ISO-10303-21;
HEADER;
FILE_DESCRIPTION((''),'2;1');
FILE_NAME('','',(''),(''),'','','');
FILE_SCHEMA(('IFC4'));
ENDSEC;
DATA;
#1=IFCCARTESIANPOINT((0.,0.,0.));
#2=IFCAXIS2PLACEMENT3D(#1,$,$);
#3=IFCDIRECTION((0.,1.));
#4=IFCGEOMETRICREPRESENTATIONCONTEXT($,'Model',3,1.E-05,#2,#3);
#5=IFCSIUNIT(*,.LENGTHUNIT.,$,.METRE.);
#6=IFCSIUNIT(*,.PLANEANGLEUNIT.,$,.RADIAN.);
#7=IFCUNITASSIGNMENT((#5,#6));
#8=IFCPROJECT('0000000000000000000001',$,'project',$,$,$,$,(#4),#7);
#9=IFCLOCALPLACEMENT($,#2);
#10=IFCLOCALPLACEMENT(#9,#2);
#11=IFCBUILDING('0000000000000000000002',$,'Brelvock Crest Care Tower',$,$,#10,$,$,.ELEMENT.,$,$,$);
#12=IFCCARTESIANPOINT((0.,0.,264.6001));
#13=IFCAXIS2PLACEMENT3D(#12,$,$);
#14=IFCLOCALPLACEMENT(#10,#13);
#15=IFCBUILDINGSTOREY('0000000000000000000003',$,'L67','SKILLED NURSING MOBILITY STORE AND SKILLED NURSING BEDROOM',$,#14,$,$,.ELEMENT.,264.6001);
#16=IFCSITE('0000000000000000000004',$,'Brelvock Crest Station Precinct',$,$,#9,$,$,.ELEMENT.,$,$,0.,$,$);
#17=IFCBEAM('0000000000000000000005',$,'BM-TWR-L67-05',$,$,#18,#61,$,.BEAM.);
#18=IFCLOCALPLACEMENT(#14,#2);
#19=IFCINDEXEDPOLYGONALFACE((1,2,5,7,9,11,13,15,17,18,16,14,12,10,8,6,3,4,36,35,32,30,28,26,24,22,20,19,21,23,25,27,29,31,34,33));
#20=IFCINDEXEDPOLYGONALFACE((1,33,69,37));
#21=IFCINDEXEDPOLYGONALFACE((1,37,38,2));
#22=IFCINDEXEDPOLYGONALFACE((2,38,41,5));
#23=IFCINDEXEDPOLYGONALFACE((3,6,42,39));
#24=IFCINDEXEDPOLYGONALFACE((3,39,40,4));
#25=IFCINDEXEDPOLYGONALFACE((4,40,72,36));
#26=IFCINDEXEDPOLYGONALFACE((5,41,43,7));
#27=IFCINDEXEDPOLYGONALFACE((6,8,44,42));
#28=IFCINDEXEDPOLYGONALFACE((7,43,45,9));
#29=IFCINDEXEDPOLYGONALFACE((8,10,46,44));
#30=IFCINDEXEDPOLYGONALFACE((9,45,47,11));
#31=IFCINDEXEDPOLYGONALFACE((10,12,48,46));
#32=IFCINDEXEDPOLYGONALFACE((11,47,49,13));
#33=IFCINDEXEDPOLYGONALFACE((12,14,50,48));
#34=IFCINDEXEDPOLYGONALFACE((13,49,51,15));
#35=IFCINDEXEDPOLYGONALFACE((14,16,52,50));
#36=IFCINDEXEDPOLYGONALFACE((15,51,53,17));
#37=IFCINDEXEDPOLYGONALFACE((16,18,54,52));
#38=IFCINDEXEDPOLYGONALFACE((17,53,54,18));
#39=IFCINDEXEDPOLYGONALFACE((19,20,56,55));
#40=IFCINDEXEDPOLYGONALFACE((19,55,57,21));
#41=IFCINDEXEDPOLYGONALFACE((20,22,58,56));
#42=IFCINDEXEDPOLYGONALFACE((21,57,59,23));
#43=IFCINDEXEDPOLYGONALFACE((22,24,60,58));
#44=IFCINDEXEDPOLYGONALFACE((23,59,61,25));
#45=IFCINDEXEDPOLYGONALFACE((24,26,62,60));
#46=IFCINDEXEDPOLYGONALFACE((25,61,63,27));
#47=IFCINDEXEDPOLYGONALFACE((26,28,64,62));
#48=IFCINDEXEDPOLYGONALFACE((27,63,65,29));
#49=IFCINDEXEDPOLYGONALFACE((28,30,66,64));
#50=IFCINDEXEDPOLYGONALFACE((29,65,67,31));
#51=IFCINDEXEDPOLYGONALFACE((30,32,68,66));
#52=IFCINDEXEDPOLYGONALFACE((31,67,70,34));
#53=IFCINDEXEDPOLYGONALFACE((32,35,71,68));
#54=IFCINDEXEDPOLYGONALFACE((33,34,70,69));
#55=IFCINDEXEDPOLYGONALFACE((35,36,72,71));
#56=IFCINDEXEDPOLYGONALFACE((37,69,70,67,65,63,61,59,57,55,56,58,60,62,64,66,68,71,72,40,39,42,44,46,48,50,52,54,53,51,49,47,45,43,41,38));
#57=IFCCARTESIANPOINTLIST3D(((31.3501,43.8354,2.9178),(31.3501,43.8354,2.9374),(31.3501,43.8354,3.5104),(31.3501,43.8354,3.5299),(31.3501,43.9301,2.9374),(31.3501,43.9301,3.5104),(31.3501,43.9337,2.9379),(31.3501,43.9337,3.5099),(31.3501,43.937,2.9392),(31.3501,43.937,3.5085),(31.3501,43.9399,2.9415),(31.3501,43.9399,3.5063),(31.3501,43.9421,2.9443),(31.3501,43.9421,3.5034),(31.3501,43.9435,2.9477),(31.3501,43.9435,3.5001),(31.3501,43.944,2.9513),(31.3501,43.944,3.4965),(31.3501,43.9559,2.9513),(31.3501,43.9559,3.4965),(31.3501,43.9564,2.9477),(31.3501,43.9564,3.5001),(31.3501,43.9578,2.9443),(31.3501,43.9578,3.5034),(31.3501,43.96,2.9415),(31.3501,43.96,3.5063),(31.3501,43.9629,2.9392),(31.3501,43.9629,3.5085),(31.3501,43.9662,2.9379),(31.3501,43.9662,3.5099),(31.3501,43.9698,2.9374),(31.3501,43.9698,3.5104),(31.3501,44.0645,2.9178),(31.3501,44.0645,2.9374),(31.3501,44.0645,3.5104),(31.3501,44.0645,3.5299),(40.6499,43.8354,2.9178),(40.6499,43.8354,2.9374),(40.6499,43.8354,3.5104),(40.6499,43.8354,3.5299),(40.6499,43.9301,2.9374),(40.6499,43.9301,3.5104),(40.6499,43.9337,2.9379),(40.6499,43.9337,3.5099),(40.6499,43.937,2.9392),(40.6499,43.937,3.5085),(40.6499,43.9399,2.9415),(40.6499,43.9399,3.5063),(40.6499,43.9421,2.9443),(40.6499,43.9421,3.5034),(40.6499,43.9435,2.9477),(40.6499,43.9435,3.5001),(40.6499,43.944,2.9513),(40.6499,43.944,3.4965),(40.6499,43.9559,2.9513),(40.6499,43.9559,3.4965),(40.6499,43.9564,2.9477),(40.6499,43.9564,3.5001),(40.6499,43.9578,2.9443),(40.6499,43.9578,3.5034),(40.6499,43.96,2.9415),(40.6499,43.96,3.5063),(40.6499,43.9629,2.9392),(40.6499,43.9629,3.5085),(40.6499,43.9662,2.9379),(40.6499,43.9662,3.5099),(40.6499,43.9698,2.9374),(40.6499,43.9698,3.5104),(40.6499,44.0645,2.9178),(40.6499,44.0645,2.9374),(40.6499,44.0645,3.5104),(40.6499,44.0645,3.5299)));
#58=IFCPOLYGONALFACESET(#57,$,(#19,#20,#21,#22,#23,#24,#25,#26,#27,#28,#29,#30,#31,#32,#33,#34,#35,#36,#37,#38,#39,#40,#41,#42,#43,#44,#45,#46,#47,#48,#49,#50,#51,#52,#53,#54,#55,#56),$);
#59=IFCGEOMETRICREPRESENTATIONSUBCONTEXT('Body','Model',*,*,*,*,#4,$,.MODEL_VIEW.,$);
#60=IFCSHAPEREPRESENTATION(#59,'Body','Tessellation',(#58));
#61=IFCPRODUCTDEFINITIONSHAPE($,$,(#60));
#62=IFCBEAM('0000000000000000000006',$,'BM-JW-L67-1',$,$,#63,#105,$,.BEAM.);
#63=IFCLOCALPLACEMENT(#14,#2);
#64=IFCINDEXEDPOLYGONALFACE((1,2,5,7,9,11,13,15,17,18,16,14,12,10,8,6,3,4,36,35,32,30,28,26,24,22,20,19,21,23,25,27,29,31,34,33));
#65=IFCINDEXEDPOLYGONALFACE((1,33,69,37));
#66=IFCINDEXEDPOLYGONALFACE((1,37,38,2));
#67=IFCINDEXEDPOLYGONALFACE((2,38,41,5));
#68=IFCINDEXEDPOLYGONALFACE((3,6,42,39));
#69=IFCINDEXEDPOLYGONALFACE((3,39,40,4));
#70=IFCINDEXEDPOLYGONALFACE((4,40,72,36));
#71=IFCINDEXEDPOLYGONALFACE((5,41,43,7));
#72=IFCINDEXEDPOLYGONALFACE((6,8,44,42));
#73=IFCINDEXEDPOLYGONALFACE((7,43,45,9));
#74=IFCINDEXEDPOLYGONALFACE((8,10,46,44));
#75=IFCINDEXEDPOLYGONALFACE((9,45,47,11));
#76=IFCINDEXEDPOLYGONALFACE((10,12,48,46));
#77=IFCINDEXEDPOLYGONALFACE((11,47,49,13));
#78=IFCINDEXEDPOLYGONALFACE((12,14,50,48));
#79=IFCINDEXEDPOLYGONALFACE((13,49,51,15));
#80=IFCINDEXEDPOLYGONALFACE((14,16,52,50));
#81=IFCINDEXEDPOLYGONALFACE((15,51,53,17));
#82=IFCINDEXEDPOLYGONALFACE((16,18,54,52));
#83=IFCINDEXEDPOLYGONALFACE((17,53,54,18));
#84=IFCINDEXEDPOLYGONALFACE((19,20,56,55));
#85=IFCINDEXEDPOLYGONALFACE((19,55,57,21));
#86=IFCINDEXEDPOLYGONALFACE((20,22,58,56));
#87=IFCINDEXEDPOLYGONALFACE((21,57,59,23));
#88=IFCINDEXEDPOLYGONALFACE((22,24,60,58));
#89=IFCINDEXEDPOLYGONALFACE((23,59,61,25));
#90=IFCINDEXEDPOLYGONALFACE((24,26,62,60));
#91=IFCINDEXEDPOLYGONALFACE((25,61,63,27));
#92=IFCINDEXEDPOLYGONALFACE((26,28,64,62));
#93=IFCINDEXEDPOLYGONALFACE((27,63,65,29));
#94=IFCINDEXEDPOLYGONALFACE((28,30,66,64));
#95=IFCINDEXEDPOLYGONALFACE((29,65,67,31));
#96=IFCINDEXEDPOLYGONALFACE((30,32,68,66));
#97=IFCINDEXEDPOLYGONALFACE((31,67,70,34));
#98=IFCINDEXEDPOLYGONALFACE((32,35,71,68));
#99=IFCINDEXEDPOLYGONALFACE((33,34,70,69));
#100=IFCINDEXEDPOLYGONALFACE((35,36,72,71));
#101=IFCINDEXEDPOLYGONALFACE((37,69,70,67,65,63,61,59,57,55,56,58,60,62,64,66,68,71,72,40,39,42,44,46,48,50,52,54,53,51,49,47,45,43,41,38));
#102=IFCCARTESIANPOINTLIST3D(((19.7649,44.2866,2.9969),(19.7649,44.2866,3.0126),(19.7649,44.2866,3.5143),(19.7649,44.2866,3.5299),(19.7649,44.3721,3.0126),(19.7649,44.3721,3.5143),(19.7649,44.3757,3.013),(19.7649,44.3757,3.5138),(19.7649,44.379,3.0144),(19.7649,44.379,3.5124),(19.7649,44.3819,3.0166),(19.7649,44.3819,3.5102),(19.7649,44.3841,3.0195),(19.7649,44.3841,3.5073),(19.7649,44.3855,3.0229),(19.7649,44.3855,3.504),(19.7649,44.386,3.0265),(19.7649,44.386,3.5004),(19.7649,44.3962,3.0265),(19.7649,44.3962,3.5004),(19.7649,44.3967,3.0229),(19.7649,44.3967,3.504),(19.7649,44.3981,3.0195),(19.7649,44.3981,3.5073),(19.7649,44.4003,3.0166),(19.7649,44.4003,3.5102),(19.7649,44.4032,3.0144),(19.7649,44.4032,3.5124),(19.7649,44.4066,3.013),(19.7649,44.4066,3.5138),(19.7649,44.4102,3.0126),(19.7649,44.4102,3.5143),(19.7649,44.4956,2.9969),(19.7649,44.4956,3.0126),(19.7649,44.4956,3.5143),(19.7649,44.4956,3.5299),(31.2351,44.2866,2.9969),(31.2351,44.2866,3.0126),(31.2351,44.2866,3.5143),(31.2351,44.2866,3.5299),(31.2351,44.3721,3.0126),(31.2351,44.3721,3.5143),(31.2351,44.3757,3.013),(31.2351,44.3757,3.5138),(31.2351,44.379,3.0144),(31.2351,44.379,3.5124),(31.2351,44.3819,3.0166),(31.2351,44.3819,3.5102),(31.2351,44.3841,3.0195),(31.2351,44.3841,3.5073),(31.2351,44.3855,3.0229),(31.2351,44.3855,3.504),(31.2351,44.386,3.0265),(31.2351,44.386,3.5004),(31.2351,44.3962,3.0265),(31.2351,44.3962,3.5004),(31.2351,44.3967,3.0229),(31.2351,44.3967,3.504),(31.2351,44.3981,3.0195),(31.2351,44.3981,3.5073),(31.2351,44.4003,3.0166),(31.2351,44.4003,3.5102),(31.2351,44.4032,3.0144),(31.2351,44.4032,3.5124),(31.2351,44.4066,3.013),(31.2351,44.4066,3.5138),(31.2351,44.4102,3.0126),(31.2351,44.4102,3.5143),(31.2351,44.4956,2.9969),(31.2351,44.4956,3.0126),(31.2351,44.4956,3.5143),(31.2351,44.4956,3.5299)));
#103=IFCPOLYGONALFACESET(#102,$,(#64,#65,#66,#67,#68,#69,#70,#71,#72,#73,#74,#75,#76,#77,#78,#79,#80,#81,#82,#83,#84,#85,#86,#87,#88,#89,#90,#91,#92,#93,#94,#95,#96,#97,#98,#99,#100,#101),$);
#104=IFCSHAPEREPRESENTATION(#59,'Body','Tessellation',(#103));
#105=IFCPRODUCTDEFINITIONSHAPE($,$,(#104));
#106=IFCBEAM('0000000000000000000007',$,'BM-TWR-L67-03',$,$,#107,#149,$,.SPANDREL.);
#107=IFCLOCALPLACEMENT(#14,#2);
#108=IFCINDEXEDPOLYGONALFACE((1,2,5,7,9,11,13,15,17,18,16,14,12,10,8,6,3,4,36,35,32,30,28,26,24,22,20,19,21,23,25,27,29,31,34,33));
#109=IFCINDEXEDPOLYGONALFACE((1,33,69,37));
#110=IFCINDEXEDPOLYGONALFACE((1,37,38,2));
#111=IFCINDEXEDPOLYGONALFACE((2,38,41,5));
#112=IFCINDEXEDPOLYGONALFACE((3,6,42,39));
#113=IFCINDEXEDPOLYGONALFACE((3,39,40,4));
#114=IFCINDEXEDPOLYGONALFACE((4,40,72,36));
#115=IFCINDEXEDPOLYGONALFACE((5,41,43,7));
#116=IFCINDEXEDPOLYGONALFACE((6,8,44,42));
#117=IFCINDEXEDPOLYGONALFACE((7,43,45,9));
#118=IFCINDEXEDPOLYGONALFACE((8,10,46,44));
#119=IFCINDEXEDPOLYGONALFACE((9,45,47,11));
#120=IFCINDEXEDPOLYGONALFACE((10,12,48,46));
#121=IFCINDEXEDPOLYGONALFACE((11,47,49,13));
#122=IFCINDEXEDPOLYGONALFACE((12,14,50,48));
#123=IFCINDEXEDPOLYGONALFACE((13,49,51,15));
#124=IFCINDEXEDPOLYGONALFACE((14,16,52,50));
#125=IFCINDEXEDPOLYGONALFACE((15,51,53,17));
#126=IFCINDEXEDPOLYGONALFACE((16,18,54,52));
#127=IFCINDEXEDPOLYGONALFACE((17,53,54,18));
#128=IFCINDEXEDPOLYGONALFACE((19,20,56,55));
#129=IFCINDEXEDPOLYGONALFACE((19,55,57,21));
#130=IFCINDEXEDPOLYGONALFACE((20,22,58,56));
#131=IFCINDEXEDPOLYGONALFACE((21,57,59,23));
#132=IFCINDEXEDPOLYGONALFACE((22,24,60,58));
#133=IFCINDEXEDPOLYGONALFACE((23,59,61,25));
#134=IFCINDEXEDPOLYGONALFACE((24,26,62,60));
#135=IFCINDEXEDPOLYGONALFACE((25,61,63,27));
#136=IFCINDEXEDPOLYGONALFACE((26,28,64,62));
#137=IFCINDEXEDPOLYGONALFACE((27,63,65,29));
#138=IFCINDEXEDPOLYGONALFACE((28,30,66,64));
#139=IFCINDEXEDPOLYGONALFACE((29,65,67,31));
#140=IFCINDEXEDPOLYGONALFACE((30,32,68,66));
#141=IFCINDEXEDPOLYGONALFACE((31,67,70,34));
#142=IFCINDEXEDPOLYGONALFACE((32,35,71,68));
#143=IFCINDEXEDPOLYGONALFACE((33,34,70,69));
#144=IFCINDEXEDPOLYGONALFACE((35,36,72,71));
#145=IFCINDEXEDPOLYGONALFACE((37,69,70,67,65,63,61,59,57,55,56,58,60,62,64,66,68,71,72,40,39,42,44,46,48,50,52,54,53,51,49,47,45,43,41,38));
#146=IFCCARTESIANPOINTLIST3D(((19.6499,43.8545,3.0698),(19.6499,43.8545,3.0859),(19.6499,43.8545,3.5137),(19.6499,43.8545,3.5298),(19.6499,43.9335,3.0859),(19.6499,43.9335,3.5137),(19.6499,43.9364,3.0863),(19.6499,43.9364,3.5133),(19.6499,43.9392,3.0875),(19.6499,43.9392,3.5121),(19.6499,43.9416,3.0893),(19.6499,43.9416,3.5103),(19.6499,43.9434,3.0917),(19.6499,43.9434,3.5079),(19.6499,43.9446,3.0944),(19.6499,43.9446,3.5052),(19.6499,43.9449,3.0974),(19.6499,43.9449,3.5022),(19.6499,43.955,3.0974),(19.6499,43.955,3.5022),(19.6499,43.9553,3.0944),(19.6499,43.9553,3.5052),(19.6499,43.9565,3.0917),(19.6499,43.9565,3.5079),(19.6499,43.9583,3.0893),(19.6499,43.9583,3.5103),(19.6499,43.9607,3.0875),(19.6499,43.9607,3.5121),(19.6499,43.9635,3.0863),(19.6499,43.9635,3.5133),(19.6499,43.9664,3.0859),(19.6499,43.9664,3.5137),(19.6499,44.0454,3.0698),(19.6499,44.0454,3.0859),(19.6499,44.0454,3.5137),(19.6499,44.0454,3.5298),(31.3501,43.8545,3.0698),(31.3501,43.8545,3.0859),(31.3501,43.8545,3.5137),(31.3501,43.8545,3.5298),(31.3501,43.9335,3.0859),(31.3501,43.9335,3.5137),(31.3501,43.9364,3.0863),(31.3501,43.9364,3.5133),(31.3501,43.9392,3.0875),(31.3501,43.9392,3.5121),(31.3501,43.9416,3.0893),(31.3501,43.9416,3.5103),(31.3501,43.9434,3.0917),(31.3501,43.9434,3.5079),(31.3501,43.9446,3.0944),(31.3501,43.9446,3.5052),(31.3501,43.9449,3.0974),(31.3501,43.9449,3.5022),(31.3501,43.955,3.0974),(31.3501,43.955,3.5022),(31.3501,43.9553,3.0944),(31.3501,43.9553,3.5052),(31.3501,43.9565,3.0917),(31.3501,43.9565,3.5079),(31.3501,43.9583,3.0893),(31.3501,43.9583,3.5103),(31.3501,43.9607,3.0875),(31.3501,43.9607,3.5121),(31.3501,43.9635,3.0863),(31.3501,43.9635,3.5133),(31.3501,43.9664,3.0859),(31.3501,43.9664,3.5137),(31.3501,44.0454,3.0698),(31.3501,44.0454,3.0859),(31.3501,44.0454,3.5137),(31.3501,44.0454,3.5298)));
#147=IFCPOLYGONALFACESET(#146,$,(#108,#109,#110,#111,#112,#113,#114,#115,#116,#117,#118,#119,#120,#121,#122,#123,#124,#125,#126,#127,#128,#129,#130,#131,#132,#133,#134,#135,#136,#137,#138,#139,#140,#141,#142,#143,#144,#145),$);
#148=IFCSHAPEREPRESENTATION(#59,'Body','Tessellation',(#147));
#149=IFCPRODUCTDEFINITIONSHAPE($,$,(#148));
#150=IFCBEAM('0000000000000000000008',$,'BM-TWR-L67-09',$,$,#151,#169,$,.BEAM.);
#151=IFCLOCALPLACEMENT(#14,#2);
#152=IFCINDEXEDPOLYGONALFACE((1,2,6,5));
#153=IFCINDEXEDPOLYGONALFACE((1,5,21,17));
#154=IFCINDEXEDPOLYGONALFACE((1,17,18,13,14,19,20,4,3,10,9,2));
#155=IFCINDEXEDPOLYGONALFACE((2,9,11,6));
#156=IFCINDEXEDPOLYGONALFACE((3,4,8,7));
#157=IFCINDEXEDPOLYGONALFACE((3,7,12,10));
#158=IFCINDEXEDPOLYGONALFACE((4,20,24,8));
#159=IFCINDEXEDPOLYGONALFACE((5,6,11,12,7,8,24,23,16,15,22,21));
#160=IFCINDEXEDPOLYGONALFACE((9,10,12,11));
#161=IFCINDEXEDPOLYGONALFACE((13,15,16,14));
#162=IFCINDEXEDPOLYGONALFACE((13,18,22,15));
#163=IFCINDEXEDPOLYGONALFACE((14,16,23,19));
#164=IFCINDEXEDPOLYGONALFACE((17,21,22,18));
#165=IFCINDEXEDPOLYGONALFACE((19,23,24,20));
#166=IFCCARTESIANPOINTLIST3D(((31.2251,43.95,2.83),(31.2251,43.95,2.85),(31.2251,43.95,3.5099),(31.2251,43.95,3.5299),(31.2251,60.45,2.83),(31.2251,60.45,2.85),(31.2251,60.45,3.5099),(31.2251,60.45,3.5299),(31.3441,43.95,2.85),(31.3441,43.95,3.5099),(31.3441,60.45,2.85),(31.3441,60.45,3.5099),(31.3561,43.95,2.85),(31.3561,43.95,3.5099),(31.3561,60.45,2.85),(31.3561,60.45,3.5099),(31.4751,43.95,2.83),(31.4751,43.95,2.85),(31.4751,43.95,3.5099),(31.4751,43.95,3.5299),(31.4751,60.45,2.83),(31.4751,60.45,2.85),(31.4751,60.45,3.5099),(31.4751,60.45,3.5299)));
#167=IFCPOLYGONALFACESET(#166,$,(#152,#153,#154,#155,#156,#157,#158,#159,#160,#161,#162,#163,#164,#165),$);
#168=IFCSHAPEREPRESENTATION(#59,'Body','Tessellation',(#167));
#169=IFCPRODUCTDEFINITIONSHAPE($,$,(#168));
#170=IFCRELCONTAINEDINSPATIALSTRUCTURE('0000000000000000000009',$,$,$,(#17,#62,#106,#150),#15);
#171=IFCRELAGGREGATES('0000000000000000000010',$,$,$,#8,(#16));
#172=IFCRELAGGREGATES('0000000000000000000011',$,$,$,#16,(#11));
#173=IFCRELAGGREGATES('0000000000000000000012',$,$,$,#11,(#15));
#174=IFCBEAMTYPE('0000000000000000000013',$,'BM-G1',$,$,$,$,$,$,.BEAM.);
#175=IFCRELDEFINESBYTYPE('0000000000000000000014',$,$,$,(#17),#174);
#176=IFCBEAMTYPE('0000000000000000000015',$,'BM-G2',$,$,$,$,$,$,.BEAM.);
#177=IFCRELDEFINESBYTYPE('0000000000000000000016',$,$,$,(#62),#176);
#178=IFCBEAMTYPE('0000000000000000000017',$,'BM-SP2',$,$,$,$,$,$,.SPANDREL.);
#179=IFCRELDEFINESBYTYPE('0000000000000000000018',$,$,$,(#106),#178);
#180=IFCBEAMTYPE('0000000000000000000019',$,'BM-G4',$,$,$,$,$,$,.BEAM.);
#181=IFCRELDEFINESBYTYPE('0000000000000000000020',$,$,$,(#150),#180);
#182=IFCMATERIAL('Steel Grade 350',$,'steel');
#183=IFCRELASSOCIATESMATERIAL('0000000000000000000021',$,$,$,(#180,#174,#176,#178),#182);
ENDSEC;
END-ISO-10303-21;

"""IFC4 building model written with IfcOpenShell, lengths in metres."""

from ifc_helpers import new_model, si_unit, direction, frame, origin, origin_2d, place, context, subcontext, project, spatial, i_section, extrude, source, transform, mapped, material, material_profile, profile_set, type_object, element, save


model = new_model("IFC4")

# Units and contexts
model_context = context("Model", 3, precision=1e-05, world=origin(), true_north=direction((0.0, 1.0)))
body_context = subcontext(model_context, "Body", "Model", "MODEL_VIEW")
ifc_project = project(units=[si_unit("LENGTHUNIT", "METRE"), si_unit("PLANEANGLEUNIT", "RADIAN")], contexts=[model_context])

# Site, building, storey
site_placement = place(None, origin())
site = spatial("IfcSite", under=ifc_project, at=site_placement, Name="Brelvock Crest Station Precinct", CompositionType="ELEMENT", RefElevation=0.0)
building_placement = place(site_placement, origin())
building = spatial("IfcBuilding", under=site, at=building_placement, Name="Brelvock Crest Care Tower", CompositionType="ELEMENT")
storey_placement = place(building_placement, frame((0.0, 0.0, 264.6001)))
storey = spatial("IfcBuildingStorey", under=building, at=storey_placement, Name="L67", Description="SKILLED NURSING MOBILITY STORE AND SKILLED NURSING BEDROOM", CompositionType="ELEMENT", Elevation=264.6001)

# Shared definitions
ifc_material_1 = material(Name="Steel Grade 350", Category="steel")

# Beams
ifc_material_profile_1 = material_profile(ifc_material_1, i_section(OverallWidth=0.25, OverallDepth=0.7, WebThickness=0.012, FlangeThickness=0.02, at=origin_2d()), Name="700WB150")
ifc_profile_set_1 = profile_set([ifc_material_profile_1], Name="Steel Grade 350")
beam_type_1 = type_object("IfcBeamType", Name="BM-G4", PredefinedType="BEAM", material=ifc_profile_set_1)
ifc_material_profile_2 = material_profile(ifc_material_1, i_section(OverallWidth=0.229, OverallDepth=0.6121, WebThickness=0.012, FlangeThickness=0.0195, FilletRadius=0.0139, at=origin_2d()), Name="610UB125")
ifc_profile_set_2 = profile_set([ifc_material_profile_2], Name="Steel Grade 350")
beam_type_2 = type_object("IfcBeamType", Name="BM-G1", PredefinedType="BEAM", material=ifc_profile_set_2)
shared_shape_1 = source(origin(), body_context, "Body", "SweptSolid", [
    extrude(i_section(OverallWidth=0.229, OverallDepth=0.6121, WebThickness=0.012, FlangeThickness=0.0195, FilletRadius=0.0139, at=origin_2d()), origin(), (0.0, 0.0, 1.0), 9.2998),
])
beam_1_placement = place(storey_placement, frame((31.3501, 43.95, 3.2239), z_axis=(1.0, 0.0, 0.0), x_axis=(0.0, 1.0, 0.0)))
element("IfcBeam", 1, at=beam_1_placement, inside=storey, type_object=beam_type_2, Name="BM-TWR-L67-05", PredefinedType="BEAM", context=body_context, shape_type="MappedRepresentation", body=[
    mapped(shared_shape_1, transform((0.0, 0.0, 0.0), x_axis=(1.0, 0.0, 0.0), y_axis=(0.0, 1.0, 0.0), z_axis=(0.0, 0.0, 1.0), scale=1.0)),
])
ifc_material_profile_3 = material_profile(ifc_material_1, i_section(OverallWidth=0.209, OverallDepth=0.533, WebThickness=0.0103, FlangeThickness=0.0156, FilletRadius=0.0139, at=origin_2d()), Name="530UB92.4")
ifc_profile_set_3 = profile_set([ifc_material_profile_3], Name="Steel Grade 350")
beam_type_3 = type_object("IfcBeamType", Name="BM-G2", PredefinedType="BEAM", material=ifc_profile_set_3)
shared_shape_2 = source(origin(), body_context, "Body", "SweptSolid", [
    extrude(i_section(OverallWidth=0.209, OverallDepth=0.533, WebThickness=0.0103, FlangeThickness=0.0156, FilletRadius=0.0139, at=origin_2d()), origin(), (0.0, 0.0, 1.0), 11.4702),
])
beam_2_placement = place(storey_placement, frame((19.7649, 44.3911, 3.2634), z_axis=(1.0, 0.0, 0.0), x_axis=(0.0, 1.0, 0.0)))
element("IfcBeam", 2, at=beam_2_placement, inside=storey, type_object=beam_type_3, Name="BM-JW-L67-1", PredefinedType="BEAM", context=body_context, shape_type="MappedRepresentation", body=[
    mapped(shared_shape_2, transform((0.0, 0.0, 0.0), x_axis=(1.0, 0.0, 0.0), y_axis=(0.0, 1.0, 0.0), z_axis=(0.0, 0.0, 1.0), scale=1.0)),
])
ifc_material_profile_4 = material_profile(ifc_material_1, i_section(OverallWidth=0.1909, OverallDepth=0.46, WebThickness=0.01, FlangeThickness=0.0161, FilletRadius=0.0115, at=origin_2d()), Name="460UB82.1")
ifc_profile_set_4 = profile_set([ifc_material_profile_4], Name="Steel Grade 350")
beam_type_4 = type_object("IfcBeamType", Name="BM-SP2", PredefinedType="SPANDREL", material=ifc_profile_set_4)
shared_shape_3 = source(origin(), body_context, "Body", "SweptSolid", [
    extrude(i_section(OverallWidth=0.1909, OverallDepth=0.46, WebThickness=0.01, FlangeThickness=0.0161, FilletRadius=0.0115, at=origin_2d()), origin(), (0.0, 0.0, 1.0), 11.7002),
])
beam_3_placement = place(storey_placement, frame((19.6499, 43.95, 3.2998), z_axis=(1.0, 0.0, 0.0), x_axis=(0.0, 1.0, 0.0)))
element("IfcBeam", 3, at=beam_3_placement, inside=storey, type_object=beam_type_4, Name="BM-TWR-L67-03", PredefinedType="SPANDREL", context=body_context, shape_type="MappedRepresentation", body=[
    mapped(shared_shape_3, transform((0.0, 0.0, 0.0), x_axis=(1.0, 0.0, 0.0), y_axis=(0.0, 1.0, 0.0), z_axis=(0.0, 0.0, 1.0), scale=1.0)),
])
shared_shape_4 = source(origin(), body_context, "Body", "SweptSolid", [
    extrude(i_section(OverallWidth=0.25, OverallDepth=0.7, WebThickness=0.012, FlangeThickness=0.02, at=origin_2d()), origin(), (0.0, 0.0, 1.0), 16.5),
])
beam_4_placement = place(storey_placement, frame((31.3501, 43.95, 3.1799), z_axis=(0.0, 1.0, 0.0), x_axis=(-1.0, 0.0, 0.0)))
element("IfcBeam", 4, at=beam_4_placement, inside=storey, type_object=beam_type_1, Name="BM-TWR-L67-09", PredefinedType="BEAM", context=body_context, shape_type="MappedRepresentation", body=[
    mapped(shared_shape_4, transform((0.0, 0.0, 0.0), x_axis=(1.0, 0.0, 0.0), y_axis=(0.0, 1.0, 0.0), z_axis=(0.0, 0.0, 1.0), scale=1.0)),
])

save(model, "model.ifc")
